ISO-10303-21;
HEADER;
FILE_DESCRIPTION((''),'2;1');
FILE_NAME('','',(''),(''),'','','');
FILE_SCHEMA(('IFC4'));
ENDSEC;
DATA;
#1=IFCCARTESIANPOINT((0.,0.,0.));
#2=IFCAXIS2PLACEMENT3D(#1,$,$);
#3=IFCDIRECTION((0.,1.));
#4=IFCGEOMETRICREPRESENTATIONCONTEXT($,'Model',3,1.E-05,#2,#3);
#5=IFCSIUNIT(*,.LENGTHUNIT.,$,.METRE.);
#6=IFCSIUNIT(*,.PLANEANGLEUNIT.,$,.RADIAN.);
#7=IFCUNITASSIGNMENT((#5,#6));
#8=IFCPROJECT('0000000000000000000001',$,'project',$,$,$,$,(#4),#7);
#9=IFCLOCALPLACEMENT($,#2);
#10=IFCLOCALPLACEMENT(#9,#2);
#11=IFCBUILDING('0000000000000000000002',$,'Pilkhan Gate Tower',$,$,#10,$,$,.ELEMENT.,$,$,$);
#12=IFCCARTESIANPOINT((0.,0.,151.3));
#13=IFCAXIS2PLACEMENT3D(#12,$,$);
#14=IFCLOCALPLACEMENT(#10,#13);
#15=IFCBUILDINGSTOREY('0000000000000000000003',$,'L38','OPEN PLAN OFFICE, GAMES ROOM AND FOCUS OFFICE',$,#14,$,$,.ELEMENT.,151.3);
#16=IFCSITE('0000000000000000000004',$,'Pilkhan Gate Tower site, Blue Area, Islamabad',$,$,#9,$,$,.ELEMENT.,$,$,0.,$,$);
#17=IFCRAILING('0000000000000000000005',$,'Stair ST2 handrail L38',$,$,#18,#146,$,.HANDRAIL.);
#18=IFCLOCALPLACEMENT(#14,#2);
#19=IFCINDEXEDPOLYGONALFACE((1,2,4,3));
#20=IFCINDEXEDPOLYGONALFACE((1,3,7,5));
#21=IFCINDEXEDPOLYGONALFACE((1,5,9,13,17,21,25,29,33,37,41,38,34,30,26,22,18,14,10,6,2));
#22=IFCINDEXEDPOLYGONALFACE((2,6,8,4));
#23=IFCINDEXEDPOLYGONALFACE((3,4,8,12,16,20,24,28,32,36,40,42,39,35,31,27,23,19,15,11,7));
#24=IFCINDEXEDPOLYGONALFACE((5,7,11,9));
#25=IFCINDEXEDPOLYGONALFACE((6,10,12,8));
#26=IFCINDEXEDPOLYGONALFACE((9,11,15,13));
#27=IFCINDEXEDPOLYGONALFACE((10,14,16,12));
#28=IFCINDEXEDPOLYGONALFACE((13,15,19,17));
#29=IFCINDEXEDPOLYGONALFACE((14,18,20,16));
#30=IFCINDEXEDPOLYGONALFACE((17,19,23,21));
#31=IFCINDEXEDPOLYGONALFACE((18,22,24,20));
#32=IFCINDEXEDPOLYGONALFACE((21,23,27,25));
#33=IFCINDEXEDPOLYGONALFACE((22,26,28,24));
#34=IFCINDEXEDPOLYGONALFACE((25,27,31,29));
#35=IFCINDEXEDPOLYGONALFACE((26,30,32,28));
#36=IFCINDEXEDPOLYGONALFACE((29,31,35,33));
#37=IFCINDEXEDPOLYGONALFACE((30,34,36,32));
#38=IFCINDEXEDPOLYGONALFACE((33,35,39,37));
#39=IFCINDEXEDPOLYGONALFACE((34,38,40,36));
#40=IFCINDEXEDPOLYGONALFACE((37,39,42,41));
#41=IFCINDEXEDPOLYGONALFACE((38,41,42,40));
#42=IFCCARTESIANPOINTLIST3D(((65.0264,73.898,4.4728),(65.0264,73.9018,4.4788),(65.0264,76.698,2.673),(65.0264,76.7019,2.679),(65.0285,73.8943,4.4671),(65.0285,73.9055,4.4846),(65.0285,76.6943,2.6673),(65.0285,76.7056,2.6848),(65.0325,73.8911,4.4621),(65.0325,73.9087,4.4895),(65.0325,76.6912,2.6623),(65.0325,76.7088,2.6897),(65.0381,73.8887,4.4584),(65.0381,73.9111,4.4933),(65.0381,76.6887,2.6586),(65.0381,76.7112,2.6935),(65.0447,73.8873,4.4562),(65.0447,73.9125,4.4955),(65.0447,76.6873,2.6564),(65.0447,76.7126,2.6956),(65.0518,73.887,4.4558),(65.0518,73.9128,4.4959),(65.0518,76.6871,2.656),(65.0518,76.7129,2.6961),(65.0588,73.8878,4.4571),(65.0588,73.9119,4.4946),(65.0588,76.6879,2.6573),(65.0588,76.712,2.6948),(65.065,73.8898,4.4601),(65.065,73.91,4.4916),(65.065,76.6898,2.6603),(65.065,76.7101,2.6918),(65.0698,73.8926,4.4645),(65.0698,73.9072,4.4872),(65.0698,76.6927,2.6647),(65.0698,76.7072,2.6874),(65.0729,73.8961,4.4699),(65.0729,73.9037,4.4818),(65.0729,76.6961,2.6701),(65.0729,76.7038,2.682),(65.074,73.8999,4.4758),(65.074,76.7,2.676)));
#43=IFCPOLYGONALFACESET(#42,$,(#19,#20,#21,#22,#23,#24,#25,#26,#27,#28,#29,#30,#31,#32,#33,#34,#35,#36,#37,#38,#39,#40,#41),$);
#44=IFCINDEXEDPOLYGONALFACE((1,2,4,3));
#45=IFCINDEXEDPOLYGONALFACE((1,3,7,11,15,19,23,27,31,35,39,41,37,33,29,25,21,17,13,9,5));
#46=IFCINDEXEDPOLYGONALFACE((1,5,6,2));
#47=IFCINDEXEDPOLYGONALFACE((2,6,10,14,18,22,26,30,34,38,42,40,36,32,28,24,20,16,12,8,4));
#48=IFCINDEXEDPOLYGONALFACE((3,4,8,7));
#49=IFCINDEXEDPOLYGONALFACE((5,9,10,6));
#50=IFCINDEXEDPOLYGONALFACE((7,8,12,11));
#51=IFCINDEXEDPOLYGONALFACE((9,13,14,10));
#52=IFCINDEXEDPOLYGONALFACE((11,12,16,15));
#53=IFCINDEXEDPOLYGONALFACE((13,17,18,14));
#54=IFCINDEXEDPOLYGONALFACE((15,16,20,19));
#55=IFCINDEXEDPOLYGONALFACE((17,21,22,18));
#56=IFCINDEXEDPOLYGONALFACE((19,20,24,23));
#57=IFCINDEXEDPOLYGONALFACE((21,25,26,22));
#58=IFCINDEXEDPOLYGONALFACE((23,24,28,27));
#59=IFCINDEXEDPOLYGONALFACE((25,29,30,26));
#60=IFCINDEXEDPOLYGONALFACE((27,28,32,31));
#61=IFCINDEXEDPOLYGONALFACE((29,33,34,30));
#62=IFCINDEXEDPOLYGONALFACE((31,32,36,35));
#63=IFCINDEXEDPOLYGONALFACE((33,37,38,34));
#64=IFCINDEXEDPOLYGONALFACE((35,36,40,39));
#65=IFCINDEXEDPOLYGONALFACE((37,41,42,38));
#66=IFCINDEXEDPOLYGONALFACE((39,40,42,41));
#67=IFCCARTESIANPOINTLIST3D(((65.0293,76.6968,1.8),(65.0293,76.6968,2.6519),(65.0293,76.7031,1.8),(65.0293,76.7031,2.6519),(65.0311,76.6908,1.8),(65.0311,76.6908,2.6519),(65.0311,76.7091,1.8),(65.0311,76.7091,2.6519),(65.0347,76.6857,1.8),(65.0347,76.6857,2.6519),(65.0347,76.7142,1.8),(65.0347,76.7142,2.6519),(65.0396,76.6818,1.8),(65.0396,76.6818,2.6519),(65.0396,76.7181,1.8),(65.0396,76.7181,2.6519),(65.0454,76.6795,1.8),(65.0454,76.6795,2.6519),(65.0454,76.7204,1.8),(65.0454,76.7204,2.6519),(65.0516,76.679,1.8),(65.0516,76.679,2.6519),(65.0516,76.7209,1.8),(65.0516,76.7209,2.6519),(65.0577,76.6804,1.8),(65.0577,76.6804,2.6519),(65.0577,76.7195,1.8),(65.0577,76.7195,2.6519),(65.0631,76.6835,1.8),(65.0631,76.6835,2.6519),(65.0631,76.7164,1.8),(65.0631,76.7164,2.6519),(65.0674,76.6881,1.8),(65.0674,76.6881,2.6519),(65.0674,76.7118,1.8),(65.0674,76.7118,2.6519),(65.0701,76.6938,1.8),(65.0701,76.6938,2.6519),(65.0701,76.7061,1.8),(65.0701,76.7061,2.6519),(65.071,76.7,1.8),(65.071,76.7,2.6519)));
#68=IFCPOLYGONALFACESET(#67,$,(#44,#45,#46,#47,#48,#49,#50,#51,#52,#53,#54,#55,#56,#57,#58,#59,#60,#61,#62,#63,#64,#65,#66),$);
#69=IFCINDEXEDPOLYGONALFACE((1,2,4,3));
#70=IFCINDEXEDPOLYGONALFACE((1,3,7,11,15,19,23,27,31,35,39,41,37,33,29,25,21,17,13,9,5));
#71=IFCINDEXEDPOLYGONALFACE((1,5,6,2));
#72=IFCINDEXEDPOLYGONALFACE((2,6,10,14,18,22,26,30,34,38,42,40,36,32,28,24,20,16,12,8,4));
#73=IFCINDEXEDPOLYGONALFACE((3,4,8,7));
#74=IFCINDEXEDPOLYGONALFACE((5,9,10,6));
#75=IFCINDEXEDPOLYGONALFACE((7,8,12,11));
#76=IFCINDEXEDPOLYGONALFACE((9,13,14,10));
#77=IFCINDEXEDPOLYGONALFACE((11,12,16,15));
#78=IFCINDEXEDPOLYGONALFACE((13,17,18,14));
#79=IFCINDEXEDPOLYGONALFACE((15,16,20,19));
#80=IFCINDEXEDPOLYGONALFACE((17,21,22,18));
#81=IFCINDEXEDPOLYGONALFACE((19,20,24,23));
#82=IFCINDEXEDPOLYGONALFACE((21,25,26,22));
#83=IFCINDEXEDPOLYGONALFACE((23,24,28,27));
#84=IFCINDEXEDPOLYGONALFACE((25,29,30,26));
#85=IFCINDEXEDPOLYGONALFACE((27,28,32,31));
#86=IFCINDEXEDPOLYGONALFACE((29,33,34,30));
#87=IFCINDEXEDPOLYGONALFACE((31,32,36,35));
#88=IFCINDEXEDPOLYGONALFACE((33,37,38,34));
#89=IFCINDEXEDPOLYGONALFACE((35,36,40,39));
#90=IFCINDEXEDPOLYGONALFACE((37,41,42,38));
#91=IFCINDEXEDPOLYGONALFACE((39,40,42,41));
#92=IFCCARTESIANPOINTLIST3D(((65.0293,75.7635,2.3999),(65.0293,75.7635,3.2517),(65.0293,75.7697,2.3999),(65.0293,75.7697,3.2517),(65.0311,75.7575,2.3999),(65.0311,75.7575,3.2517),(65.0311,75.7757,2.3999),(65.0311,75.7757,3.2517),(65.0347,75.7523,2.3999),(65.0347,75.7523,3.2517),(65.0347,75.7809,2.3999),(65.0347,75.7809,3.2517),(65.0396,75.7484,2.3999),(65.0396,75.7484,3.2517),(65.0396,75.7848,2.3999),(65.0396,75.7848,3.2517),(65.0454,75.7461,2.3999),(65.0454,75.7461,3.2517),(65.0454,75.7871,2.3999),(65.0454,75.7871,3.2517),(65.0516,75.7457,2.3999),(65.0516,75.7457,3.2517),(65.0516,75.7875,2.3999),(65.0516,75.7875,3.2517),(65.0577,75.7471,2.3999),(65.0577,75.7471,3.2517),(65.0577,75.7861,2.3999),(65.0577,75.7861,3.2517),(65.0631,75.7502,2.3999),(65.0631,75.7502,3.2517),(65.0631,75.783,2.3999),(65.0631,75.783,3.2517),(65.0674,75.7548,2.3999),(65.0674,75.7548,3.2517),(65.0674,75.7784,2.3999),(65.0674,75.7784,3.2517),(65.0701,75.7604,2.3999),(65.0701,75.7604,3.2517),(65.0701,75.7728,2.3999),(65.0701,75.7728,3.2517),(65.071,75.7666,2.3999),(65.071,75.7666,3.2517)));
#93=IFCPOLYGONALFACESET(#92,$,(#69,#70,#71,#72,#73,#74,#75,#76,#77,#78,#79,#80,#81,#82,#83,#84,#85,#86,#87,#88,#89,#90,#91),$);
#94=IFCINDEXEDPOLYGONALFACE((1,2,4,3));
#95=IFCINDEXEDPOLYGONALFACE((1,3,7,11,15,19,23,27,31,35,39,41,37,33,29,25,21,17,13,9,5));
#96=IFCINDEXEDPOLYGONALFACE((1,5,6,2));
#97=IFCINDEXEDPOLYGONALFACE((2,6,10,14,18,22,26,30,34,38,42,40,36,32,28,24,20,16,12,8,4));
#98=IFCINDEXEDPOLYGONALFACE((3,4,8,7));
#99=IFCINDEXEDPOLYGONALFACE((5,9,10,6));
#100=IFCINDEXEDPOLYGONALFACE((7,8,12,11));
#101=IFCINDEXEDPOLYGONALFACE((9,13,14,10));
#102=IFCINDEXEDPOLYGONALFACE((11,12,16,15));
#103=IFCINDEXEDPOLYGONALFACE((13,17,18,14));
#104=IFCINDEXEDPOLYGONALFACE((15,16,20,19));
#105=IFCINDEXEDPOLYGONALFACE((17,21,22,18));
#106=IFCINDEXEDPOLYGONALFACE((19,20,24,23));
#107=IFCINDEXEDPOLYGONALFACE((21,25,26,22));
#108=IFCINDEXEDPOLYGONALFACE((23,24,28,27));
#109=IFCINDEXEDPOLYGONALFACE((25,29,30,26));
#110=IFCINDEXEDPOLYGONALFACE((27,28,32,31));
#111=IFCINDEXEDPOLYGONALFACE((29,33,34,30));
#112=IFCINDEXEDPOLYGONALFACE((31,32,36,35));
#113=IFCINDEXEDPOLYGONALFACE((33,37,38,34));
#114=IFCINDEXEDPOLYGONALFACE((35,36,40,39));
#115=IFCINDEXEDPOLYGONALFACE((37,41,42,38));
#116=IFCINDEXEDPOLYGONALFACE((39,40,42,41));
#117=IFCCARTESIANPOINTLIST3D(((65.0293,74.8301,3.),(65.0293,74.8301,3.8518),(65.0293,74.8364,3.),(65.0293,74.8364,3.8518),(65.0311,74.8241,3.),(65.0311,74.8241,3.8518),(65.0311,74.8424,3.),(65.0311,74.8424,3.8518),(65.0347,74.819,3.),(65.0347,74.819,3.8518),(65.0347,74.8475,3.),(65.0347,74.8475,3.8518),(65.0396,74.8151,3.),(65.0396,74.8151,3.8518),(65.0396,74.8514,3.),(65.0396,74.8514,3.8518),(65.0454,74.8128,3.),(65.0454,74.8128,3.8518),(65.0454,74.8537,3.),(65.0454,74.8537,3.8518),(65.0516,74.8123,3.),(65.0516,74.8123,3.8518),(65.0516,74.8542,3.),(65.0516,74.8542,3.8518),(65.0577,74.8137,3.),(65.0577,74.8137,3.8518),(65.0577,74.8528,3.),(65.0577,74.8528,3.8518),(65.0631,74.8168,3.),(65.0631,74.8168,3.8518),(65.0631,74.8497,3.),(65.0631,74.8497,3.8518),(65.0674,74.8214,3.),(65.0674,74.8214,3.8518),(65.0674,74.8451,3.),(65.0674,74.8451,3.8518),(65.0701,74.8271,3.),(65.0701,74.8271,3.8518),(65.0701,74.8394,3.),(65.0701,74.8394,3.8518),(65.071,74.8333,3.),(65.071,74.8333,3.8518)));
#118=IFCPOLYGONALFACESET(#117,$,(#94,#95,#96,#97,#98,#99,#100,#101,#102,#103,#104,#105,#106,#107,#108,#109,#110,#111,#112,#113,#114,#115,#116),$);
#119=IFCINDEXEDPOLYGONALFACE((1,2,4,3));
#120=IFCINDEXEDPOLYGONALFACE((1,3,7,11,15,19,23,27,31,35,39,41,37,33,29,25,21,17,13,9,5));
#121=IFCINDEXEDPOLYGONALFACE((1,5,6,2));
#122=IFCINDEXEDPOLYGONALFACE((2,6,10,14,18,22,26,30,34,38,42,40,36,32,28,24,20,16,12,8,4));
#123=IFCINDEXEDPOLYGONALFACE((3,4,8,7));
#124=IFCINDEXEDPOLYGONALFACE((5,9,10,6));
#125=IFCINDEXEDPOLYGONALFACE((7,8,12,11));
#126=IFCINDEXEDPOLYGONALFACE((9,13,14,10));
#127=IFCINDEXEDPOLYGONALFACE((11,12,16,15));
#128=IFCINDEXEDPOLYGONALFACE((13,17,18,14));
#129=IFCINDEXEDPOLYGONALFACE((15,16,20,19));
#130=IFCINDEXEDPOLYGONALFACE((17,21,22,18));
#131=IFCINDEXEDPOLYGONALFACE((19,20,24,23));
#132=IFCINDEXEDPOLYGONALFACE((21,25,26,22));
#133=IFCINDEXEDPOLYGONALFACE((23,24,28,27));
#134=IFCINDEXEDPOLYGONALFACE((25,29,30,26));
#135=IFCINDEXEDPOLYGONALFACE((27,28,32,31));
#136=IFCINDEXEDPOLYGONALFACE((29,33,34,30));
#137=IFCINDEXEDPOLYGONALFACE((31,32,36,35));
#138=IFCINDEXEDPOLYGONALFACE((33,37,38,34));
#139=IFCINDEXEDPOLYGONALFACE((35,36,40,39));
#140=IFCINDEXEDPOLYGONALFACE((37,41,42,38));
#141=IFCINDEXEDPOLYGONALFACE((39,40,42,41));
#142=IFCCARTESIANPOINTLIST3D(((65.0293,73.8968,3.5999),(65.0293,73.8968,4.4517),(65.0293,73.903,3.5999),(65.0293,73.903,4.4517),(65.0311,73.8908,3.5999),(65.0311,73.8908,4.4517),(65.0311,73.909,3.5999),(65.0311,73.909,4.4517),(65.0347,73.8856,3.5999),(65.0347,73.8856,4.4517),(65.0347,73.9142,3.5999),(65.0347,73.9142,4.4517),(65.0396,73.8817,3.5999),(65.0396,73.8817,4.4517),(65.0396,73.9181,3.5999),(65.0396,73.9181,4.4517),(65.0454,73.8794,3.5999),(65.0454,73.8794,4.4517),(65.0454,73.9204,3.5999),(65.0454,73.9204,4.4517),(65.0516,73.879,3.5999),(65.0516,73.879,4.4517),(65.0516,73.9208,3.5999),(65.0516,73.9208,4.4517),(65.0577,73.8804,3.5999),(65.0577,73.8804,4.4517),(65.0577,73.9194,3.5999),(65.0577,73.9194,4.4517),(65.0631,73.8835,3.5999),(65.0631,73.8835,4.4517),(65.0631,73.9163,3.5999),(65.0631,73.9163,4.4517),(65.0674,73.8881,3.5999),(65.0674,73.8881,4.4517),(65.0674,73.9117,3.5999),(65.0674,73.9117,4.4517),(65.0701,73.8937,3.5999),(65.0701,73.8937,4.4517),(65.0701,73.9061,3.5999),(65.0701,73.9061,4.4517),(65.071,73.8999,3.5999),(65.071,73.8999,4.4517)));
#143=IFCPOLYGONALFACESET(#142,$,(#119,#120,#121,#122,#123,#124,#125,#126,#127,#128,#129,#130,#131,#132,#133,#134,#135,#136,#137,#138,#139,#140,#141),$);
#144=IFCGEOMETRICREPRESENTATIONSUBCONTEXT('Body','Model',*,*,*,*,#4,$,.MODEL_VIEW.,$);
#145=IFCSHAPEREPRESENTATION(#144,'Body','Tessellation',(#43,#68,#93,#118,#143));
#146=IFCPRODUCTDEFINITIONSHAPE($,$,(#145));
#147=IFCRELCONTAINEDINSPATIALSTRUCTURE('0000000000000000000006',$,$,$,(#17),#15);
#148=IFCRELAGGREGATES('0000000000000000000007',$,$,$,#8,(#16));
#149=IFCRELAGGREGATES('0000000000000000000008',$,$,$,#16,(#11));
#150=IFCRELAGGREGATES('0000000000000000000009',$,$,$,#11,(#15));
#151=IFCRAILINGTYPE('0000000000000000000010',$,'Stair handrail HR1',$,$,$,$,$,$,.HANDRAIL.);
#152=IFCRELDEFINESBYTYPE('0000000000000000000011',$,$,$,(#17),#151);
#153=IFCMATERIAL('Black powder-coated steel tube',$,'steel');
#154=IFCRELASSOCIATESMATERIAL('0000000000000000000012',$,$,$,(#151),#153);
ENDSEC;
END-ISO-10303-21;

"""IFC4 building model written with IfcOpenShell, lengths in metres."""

from ifc_helpers import new_model, si_unit, direction, frame, origin, origin_2d, place, context, subcontext, project, spatial, circle, extrude, material, type_object, element, save


model = new_model("IFC4")

# Units and contexts
model_context = context("Model", 3, precision=1e-05, world=origin(), true_north=direction((0.0, 1.0)))
body_context = subcontext(model_context, "Body", "Model", "MODEL_VIEW")
ifc_project = project(units=[si_unit("LENGTHUNIT", "METRE"), si_unit("PLANEANGLEUNIT", "RADIAN")], contexts=[model_context])

# Site, building, storey
site_placement = place(None, origin())
site = spatial("IfcSite", under=ifc_project, at=site_placement, Name="Pilkhan Gate Tower site, Blue Area, Islamabad", CompositionType="ELEMENT", RefElevation=0.0)
building_placement = place(site_placement, origin())
building = spatial("IfcBuilding", under=site, at=building_placement, Name="Pilkhan Gate Tower", CompositionType="ELEMENT")
storey_placement = place(building_placement, frame((0.0, 0.0, 151.3)))
storey = spatial("IfcBuildingStorey", under=building, at=storey_placement, Name="L38", Description="OPEN PLAN OFFICE, GAMES ROOM AND FOCUS OFFICE", CompositionType="ELEMENT", Elevation=151.3)

# Railing
ifc_material_1 = material(Name="Black powder-coated steel tube", Category="steel")
railing_type_1 = type_object("IfcRailingType", Name="Stair handrail HR1", PredefinedType="HANDRAIL", material=ifc_material_1)
railing_1_placement = place(storey_placement, frame((65.05, 76.7, 1.8)))
element("IfcRailing", 1, at=railing_1_placement, inside=storey, type_object=railing_type_1, Name="Stair ST2 handrail L38", PredefinedType="HANDRAIL", context=body_context, shape_type="SweptSolid", body=[
    extrude(circle(Radius=0.0239, at=origin_2d()), frame((0.0, 0.0, 0.876), z_axis=(0.0, -0.841209, 0.540709), x_axis=(1.0, 0.0, 0.0)), (0.0, 0.0, 1.0), 3.3286),
    extrude(circle(Radius=0.021, at=origin_2d()), origin(), (0.0, 0.0, 1.0), 0.8518),
    extrude(circle(Radius=0.021, at=origin_2d()), frame((0.0, -0.9333, 0.5999)), (0.0, 0.0, 1.0), 0.8518),
    extrude(circle(Radius=0.021, at=origin_2d()), frame((0.0, -1.8667, 1.2)), (0.0, 0.0, 1.0), 0.8518),
    extrude(circle(Radius=0.021, at=origin_2d()), frame((0.0, -2.8, 1.7998)), (0.0, 0.0, 1.0), 0.8518),
])

save(model, "model.ifc")
